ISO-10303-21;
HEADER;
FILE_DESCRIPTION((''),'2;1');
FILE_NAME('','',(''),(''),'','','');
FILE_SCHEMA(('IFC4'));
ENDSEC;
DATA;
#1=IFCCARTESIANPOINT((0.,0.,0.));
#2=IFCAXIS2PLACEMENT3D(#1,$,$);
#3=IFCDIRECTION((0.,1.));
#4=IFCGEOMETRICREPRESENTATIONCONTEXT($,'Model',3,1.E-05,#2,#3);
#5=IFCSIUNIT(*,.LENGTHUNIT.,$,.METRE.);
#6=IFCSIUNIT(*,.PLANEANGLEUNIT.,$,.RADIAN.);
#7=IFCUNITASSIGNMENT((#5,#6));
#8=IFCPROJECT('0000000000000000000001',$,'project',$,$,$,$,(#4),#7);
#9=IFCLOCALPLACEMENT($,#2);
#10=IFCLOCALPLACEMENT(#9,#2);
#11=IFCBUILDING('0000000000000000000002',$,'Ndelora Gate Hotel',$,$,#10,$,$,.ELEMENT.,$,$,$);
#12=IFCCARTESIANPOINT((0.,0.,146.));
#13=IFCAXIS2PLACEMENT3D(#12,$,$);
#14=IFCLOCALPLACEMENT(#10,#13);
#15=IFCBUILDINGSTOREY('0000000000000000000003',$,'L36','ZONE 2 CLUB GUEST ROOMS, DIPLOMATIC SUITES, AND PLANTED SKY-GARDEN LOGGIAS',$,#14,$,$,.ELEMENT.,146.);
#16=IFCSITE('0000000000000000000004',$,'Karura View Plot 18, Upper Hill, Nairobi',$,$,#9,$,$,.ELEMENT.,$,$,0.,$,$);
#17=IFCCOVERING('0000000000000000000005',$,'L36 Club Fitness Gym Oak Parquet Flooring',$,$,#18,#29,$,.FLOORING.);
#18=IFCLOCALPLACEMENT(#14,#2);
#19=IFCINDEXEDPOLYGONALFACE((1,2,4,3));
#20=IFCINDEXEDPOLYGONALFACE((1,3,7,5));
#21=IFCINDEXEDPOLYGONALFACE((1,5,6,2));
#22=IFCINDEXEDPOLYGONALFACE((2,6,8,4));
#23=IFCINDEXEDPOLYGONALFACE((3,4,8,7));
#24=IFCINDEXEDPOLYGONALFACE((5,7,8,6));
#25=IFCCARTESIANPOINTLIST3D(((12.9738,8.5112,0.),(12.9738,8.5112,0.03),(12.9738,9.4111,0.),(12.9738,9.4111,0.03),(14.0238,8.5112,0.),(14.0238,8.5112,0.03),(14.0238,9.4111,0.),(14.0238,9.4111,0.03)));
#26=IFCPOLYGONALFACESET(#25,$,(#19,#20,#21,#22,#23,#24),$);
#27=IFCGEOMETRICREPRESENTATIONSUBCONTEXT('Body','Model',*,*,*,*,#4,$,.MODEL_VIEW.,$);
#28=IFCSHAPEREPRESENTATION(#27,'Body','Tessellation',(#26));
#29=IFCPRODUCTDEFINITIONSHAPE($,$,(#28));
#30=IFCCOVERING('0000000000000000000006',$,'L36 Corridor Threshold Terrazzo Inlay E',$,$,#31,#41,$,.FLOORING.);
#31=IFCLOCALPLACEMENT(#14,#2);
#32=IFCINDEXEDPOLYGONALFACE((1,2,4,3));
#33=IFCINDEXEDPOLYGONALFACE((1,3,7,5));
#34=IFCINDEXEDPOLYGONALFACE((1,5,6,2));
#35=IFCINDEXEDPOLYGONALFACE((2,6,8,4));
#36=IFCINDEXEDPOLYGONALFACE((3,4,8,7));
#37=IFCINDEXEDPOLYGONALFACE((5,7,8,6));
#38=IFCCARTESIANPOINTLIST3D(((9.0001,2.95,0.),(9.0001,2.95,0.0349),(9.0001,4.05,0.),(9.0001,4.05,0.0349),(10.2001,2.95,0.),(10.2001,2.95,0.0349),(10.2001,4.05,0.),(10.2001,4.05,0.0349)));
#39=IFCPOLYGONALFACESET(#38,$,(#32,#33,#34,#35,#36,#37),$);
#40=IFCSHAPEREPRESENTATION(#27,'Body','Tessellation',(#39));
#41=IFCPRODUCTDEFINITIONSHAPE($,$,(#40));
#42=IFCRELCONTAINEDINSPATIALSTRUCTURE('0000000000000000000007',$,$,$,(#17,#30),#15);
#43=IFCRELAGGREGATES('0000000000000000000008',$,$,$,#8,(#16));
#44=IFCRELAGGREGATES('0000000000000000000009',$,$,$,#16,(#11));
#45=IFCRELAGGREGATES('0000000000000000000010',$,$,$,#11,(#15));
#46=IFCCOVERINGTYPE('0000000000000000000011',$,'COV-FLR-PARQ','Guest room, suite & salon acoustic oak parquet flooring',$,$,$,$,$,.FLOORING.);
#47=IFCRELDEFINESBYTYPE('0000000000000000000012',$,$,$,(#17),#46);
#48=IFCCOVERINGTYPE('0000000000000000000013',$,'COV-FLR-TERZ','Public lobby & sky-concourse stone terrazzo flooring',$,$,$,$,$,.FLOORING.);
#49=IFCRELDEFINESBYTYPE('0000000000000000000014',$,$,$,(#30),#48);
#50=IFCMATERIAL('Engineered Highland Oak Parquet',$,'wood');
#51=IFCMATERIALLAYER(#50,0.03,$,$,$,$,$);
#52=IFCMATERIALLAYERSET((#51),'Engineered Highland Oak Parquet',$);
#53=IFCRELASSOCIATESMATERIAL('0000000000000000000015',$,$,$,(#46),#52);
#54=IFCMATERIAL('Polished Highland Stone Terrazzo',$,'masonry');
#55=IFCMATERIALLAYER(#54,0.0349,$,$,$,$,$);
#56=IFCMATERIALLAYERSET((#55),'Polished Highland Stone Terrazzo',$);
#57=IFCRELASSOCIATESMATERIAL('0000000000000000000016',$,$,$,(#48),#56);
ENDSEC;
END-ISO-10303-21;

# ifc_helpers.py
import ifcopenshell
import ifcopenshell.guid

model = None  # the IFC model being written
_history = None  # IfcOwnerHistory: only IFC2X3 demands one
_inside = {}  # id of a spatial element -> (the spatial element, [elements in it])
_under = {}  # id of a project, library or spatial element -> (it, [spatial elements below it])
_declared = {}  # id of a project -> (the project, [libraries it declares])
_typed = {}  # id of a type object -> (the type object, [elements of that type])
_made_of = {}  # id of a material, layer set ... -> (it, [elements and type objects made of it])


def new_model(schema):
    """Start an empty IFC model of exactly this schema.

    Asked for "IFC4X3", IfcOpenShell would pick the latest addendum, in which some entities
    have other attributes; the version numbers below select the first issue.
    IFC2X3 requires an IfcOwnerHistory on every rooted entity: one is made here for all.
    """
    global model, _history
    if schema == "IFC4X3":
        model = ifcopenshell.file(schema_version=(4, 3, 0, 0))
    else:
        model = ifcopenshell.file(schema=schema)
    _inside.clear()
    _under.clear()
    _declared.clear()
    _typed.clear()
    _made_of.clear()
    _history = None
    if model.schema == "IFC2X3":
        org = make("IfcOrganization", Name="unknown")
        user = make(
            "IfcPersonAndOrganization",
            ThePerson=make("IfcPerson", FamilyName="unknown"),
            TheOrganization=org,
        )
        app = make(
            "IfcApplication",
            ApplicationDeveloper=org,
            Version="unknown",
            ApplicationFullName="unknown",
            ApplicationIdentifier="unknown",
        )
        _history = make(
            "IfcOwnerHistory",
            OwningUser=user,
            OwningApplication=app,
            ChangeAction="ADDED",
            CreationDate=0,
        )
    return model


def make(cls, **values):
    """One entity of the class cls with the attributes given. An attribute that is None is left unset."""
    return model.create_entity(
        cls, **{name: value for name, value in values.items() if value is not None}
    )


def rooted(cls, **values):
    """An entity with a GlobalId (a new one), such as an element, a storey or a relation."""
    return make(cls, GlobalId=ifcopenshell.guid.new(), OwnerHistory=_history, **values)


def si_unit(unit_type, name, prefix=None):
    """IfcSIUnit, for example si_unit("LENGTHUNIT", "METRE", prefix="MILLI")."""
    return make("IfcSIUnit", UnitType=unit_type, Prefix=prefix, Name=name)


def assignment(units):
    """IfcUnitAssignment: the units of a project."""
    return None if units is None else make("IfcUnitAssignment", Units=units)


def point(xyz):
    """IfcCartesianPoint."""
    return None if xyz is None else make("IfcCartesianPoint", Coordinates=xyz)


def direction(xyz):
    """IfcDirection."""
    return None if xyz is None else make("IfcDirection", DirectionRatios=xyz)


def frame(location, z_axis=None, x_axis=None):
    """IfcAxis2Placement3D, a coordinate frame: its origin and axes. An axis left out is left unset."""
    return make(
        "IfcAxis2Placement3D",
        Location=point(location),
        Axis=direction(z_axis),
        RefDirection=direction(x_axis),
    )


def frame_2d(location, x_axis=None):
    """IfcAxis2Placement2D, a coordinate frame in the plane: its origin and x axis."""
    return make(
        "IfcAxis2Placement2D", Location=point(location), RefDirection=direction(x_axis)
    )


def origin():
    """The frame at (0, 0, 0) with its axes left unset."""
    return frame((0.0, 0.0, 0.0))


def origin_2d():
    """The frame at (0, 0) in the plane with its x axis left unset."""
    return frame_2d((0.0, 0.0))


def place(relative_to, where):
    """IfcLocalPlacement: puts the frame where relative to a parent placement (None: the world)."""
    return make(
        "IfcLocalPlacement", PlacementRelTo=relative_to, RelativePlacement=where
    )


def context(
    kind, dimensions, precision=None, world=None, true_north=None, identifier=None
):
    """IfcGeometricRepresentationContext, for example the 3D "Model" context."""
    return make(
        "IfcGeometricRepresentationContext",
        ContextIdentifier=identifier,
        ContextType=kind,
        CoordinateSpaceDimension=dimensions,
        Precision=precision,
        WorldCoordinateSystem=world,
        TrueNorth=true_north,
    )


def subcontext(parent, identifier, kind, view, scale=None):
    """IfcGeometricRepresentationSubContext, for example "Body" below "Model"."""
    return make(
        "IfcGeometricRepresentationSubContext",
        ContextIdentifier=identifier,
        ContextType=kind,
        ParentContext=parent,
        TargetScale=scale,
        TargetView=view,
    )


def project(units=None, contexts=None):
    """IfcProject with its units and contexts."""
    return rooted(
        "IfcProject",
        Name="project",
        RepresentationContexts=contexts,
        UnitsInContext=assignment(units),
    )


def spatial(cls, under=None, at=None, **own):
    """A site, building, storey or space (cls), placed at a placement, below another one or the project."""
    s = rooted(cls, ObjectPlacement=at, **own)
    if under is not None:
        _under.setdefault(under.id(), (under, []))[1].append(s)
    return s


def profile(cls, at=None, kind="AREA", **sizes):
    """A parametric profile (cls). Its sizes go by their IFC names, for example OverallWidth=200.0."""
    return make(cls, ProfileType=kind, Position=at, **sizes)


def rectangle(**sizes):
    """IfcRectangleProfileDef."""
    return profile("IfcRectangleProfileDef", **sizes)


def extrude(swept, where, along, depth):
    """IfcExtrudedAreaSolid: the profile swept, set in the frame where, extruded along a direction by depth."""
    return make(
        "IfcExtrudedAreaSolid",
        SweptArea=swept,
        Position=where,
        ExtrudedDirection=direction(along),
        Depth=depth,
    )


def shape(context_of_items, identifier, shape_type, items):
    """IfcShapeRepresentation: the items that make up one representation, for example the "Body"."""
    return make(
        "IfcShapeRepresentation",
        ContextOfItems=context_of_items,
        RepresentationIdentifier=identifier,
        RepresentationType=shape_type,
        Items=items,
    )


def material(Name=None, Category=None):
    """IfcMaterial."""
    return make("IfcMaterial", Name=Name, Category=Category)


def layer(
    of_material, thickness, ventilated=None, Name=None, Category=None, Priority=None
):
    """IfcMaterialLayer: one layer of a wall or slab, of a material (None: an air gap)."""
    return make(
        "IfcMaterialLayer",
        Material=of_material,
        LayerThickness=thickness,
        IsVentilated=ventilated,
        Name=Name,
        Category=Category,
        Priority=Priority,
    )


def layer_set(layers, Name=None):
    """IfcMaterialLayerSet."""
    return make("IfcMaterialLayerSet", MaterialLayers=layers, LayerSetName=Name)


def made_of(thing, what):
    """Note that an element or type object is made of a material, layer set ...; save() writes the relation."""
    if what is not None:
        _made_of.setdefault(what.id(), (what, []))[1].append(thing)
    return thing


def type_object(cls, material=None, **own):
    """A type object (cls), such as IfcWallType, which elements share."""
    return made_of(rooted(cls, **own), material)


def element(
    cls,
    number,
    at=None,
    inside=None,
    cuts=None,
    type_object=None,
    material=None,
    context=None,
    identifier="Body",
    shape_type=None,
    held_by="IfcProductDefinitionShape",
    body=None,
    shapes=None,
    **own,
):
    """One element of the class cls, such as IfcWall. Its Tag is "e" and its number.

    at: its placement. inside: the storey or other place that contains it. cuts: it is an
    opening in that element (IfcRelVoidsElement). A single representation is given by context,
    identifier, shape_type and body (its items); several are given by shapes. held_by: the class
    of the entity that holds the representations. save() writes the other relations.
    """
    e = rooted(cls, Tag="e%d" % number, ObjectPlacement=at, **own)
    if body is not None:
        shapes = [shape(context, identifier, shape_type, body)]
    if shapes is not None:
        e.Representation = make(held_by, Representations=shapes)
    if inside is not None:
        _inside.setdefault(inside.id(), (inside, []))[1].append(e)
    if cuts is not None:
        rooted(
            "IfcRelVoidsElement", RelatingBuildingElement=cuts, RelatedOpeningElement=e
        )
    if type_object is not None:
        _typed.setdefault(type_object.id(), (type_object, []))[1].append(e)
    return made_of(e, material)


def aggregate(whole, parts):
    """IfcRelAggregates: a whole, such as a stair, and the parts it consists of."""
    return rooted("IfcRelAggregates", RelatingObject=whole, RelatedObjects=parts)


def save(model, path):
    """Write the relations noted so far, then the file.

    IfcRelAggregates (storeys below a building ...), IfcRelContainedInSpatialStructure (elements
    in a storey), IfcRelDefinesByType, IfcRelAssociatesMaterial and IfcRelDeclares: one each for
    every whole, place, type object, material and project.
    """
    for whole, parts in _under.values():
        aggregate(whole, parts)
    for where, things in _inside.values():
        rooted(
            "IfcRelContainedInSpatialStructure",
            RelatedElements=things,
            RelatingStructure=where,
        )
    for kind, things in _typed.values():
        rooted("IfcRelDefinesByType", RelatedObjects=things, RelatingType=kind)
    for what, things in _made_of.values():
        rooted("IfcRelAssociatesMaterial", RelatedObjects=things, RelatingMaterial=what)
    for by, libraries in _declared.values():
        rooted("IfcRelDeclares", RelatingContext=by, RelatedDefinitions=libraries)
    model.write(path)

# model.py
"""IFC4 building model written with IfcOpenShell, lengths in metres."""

from ifc_helpers import new_model, si_unit, direction, frame, origin, origin_2d, place, context, subcontext, project, spatial, rectangle, extrude, material, layer, layer_set, type_object, element, save


model = new_model("IFC4")

# Units and contexts
model_context = context("Model", 3, precision=1e-05, world=origin(), true_north=direction((0.0, 1.0)))
body_context = subcontext(model_context, "Body", "Model", "MODEL_VIEW")
ifc_project = project(units=[si_unit("LENGTHUNIT", "METRE"), si_unit("PLANEANGLEUNIT", "RADIAN")], contexts=[model_context])

# Site, building, storey
site_placement = place(None, origin())
site = spatial("IfcSite", under=ifc_project, at=site_placement, Name="Karura View Plot 18, Upper Hill, Nairobi", CompositionType="ELEMENT", RefElevation=0.0)
building_placement = place(site_placement, origin())
building = spatial("IfcBuilding", under=site, at=building_placement, Name="Ndelora Gate Hotel", CompositionType="ELEMENT")
storey_placement = place(building_placement, frame((0.0, 0.0, 146.0)))
storey = spatial("IfcBuildingStorey", under=building, at=storey_placement, Name="L36", Description="ZONE 2 CLUB GUEST ROOMS, DIPLOMATIC SUITES, AND PLANTED SKY-GARDEN LOGGIAS", CompositionType="ELEMENT", Elevation=146.0)

# Coverings
ifc_material_1 = material(Name="Engineered Highland Oak Parquet", Category="wood")
ifc_layer_1 = layer(ifc_material_1, 0.03)
ifc_layer_set_1 = layer_set([ifc_layer_1], Name="Engineered Highland Oak Parquet")
covering_type_1 = type_object("IfcCoveringType", Name="COV-FLR-PARQ", Description="Guest room, suite & salon acoustic oak parquet flooring", PredefinedType="FLOORING", material=ifc_layer_set_1)
covering_1_placement = place(storey_placement, frame((13.4988, 8.9612, 0.0), z_axis=(0.0, 0.0, 1.0), x_axis=(1.0, 0.0, 0.0)))
element("IfcCovering", 1, at=covering_1_placement, inside=storey, type_object=covering_type_1, Name="L36 Club Fitness Gym Oak Parquet Flooring", PredefinedType="FLOORING", context=body_context, shape_type="SweptSolid", body=[
    extrude(rectangle(XDim=1.05, YDim=0.8999, at=origin_2d()), origin(), (0.0, 0.0, 1.0), 0.03),
])
ifc_material_2 = material(Name="Polished Highland Stone Terrazzo", Category="masonry")
ifc_layer_2 = layer(ifc_material_2, 0.0349)
ifc_layer_set_2 = layer_set([ifc_layer_2], Name="Polished Highland Stone Terrazzo")
covering_type_2 = type_object("IfcCoveringType", Name="COV-FLR-TERZ", Description="Public lobby & sky-concourse stone terrazzo flooring", PredefinedType="FLOORING", material=ifc_layer_set_2)
covering_2_placement = place(storey_placement, frame((9.6001, 3.5, 0.0), z_axis=(0.0, 0.0, 1.0), x_axis=(1.0, 0.0, 0.0)))
element("IfcCovering", 2, at=covering_2_placement, inside=storey, type_object=covering_type_2, Name="L36 Corridor Threshold Terrazzo Inlay E", PredefinedType="FLOORING", context=body_context, shape_type="SweptSolid", body=[
    extrude(rectangle(XDim=1.2, YDim=1.1001, at=origin_2d()), origin(), (0.0, 0.0, 1.0), 0.0349),
])

save(model, "model.ifc")
